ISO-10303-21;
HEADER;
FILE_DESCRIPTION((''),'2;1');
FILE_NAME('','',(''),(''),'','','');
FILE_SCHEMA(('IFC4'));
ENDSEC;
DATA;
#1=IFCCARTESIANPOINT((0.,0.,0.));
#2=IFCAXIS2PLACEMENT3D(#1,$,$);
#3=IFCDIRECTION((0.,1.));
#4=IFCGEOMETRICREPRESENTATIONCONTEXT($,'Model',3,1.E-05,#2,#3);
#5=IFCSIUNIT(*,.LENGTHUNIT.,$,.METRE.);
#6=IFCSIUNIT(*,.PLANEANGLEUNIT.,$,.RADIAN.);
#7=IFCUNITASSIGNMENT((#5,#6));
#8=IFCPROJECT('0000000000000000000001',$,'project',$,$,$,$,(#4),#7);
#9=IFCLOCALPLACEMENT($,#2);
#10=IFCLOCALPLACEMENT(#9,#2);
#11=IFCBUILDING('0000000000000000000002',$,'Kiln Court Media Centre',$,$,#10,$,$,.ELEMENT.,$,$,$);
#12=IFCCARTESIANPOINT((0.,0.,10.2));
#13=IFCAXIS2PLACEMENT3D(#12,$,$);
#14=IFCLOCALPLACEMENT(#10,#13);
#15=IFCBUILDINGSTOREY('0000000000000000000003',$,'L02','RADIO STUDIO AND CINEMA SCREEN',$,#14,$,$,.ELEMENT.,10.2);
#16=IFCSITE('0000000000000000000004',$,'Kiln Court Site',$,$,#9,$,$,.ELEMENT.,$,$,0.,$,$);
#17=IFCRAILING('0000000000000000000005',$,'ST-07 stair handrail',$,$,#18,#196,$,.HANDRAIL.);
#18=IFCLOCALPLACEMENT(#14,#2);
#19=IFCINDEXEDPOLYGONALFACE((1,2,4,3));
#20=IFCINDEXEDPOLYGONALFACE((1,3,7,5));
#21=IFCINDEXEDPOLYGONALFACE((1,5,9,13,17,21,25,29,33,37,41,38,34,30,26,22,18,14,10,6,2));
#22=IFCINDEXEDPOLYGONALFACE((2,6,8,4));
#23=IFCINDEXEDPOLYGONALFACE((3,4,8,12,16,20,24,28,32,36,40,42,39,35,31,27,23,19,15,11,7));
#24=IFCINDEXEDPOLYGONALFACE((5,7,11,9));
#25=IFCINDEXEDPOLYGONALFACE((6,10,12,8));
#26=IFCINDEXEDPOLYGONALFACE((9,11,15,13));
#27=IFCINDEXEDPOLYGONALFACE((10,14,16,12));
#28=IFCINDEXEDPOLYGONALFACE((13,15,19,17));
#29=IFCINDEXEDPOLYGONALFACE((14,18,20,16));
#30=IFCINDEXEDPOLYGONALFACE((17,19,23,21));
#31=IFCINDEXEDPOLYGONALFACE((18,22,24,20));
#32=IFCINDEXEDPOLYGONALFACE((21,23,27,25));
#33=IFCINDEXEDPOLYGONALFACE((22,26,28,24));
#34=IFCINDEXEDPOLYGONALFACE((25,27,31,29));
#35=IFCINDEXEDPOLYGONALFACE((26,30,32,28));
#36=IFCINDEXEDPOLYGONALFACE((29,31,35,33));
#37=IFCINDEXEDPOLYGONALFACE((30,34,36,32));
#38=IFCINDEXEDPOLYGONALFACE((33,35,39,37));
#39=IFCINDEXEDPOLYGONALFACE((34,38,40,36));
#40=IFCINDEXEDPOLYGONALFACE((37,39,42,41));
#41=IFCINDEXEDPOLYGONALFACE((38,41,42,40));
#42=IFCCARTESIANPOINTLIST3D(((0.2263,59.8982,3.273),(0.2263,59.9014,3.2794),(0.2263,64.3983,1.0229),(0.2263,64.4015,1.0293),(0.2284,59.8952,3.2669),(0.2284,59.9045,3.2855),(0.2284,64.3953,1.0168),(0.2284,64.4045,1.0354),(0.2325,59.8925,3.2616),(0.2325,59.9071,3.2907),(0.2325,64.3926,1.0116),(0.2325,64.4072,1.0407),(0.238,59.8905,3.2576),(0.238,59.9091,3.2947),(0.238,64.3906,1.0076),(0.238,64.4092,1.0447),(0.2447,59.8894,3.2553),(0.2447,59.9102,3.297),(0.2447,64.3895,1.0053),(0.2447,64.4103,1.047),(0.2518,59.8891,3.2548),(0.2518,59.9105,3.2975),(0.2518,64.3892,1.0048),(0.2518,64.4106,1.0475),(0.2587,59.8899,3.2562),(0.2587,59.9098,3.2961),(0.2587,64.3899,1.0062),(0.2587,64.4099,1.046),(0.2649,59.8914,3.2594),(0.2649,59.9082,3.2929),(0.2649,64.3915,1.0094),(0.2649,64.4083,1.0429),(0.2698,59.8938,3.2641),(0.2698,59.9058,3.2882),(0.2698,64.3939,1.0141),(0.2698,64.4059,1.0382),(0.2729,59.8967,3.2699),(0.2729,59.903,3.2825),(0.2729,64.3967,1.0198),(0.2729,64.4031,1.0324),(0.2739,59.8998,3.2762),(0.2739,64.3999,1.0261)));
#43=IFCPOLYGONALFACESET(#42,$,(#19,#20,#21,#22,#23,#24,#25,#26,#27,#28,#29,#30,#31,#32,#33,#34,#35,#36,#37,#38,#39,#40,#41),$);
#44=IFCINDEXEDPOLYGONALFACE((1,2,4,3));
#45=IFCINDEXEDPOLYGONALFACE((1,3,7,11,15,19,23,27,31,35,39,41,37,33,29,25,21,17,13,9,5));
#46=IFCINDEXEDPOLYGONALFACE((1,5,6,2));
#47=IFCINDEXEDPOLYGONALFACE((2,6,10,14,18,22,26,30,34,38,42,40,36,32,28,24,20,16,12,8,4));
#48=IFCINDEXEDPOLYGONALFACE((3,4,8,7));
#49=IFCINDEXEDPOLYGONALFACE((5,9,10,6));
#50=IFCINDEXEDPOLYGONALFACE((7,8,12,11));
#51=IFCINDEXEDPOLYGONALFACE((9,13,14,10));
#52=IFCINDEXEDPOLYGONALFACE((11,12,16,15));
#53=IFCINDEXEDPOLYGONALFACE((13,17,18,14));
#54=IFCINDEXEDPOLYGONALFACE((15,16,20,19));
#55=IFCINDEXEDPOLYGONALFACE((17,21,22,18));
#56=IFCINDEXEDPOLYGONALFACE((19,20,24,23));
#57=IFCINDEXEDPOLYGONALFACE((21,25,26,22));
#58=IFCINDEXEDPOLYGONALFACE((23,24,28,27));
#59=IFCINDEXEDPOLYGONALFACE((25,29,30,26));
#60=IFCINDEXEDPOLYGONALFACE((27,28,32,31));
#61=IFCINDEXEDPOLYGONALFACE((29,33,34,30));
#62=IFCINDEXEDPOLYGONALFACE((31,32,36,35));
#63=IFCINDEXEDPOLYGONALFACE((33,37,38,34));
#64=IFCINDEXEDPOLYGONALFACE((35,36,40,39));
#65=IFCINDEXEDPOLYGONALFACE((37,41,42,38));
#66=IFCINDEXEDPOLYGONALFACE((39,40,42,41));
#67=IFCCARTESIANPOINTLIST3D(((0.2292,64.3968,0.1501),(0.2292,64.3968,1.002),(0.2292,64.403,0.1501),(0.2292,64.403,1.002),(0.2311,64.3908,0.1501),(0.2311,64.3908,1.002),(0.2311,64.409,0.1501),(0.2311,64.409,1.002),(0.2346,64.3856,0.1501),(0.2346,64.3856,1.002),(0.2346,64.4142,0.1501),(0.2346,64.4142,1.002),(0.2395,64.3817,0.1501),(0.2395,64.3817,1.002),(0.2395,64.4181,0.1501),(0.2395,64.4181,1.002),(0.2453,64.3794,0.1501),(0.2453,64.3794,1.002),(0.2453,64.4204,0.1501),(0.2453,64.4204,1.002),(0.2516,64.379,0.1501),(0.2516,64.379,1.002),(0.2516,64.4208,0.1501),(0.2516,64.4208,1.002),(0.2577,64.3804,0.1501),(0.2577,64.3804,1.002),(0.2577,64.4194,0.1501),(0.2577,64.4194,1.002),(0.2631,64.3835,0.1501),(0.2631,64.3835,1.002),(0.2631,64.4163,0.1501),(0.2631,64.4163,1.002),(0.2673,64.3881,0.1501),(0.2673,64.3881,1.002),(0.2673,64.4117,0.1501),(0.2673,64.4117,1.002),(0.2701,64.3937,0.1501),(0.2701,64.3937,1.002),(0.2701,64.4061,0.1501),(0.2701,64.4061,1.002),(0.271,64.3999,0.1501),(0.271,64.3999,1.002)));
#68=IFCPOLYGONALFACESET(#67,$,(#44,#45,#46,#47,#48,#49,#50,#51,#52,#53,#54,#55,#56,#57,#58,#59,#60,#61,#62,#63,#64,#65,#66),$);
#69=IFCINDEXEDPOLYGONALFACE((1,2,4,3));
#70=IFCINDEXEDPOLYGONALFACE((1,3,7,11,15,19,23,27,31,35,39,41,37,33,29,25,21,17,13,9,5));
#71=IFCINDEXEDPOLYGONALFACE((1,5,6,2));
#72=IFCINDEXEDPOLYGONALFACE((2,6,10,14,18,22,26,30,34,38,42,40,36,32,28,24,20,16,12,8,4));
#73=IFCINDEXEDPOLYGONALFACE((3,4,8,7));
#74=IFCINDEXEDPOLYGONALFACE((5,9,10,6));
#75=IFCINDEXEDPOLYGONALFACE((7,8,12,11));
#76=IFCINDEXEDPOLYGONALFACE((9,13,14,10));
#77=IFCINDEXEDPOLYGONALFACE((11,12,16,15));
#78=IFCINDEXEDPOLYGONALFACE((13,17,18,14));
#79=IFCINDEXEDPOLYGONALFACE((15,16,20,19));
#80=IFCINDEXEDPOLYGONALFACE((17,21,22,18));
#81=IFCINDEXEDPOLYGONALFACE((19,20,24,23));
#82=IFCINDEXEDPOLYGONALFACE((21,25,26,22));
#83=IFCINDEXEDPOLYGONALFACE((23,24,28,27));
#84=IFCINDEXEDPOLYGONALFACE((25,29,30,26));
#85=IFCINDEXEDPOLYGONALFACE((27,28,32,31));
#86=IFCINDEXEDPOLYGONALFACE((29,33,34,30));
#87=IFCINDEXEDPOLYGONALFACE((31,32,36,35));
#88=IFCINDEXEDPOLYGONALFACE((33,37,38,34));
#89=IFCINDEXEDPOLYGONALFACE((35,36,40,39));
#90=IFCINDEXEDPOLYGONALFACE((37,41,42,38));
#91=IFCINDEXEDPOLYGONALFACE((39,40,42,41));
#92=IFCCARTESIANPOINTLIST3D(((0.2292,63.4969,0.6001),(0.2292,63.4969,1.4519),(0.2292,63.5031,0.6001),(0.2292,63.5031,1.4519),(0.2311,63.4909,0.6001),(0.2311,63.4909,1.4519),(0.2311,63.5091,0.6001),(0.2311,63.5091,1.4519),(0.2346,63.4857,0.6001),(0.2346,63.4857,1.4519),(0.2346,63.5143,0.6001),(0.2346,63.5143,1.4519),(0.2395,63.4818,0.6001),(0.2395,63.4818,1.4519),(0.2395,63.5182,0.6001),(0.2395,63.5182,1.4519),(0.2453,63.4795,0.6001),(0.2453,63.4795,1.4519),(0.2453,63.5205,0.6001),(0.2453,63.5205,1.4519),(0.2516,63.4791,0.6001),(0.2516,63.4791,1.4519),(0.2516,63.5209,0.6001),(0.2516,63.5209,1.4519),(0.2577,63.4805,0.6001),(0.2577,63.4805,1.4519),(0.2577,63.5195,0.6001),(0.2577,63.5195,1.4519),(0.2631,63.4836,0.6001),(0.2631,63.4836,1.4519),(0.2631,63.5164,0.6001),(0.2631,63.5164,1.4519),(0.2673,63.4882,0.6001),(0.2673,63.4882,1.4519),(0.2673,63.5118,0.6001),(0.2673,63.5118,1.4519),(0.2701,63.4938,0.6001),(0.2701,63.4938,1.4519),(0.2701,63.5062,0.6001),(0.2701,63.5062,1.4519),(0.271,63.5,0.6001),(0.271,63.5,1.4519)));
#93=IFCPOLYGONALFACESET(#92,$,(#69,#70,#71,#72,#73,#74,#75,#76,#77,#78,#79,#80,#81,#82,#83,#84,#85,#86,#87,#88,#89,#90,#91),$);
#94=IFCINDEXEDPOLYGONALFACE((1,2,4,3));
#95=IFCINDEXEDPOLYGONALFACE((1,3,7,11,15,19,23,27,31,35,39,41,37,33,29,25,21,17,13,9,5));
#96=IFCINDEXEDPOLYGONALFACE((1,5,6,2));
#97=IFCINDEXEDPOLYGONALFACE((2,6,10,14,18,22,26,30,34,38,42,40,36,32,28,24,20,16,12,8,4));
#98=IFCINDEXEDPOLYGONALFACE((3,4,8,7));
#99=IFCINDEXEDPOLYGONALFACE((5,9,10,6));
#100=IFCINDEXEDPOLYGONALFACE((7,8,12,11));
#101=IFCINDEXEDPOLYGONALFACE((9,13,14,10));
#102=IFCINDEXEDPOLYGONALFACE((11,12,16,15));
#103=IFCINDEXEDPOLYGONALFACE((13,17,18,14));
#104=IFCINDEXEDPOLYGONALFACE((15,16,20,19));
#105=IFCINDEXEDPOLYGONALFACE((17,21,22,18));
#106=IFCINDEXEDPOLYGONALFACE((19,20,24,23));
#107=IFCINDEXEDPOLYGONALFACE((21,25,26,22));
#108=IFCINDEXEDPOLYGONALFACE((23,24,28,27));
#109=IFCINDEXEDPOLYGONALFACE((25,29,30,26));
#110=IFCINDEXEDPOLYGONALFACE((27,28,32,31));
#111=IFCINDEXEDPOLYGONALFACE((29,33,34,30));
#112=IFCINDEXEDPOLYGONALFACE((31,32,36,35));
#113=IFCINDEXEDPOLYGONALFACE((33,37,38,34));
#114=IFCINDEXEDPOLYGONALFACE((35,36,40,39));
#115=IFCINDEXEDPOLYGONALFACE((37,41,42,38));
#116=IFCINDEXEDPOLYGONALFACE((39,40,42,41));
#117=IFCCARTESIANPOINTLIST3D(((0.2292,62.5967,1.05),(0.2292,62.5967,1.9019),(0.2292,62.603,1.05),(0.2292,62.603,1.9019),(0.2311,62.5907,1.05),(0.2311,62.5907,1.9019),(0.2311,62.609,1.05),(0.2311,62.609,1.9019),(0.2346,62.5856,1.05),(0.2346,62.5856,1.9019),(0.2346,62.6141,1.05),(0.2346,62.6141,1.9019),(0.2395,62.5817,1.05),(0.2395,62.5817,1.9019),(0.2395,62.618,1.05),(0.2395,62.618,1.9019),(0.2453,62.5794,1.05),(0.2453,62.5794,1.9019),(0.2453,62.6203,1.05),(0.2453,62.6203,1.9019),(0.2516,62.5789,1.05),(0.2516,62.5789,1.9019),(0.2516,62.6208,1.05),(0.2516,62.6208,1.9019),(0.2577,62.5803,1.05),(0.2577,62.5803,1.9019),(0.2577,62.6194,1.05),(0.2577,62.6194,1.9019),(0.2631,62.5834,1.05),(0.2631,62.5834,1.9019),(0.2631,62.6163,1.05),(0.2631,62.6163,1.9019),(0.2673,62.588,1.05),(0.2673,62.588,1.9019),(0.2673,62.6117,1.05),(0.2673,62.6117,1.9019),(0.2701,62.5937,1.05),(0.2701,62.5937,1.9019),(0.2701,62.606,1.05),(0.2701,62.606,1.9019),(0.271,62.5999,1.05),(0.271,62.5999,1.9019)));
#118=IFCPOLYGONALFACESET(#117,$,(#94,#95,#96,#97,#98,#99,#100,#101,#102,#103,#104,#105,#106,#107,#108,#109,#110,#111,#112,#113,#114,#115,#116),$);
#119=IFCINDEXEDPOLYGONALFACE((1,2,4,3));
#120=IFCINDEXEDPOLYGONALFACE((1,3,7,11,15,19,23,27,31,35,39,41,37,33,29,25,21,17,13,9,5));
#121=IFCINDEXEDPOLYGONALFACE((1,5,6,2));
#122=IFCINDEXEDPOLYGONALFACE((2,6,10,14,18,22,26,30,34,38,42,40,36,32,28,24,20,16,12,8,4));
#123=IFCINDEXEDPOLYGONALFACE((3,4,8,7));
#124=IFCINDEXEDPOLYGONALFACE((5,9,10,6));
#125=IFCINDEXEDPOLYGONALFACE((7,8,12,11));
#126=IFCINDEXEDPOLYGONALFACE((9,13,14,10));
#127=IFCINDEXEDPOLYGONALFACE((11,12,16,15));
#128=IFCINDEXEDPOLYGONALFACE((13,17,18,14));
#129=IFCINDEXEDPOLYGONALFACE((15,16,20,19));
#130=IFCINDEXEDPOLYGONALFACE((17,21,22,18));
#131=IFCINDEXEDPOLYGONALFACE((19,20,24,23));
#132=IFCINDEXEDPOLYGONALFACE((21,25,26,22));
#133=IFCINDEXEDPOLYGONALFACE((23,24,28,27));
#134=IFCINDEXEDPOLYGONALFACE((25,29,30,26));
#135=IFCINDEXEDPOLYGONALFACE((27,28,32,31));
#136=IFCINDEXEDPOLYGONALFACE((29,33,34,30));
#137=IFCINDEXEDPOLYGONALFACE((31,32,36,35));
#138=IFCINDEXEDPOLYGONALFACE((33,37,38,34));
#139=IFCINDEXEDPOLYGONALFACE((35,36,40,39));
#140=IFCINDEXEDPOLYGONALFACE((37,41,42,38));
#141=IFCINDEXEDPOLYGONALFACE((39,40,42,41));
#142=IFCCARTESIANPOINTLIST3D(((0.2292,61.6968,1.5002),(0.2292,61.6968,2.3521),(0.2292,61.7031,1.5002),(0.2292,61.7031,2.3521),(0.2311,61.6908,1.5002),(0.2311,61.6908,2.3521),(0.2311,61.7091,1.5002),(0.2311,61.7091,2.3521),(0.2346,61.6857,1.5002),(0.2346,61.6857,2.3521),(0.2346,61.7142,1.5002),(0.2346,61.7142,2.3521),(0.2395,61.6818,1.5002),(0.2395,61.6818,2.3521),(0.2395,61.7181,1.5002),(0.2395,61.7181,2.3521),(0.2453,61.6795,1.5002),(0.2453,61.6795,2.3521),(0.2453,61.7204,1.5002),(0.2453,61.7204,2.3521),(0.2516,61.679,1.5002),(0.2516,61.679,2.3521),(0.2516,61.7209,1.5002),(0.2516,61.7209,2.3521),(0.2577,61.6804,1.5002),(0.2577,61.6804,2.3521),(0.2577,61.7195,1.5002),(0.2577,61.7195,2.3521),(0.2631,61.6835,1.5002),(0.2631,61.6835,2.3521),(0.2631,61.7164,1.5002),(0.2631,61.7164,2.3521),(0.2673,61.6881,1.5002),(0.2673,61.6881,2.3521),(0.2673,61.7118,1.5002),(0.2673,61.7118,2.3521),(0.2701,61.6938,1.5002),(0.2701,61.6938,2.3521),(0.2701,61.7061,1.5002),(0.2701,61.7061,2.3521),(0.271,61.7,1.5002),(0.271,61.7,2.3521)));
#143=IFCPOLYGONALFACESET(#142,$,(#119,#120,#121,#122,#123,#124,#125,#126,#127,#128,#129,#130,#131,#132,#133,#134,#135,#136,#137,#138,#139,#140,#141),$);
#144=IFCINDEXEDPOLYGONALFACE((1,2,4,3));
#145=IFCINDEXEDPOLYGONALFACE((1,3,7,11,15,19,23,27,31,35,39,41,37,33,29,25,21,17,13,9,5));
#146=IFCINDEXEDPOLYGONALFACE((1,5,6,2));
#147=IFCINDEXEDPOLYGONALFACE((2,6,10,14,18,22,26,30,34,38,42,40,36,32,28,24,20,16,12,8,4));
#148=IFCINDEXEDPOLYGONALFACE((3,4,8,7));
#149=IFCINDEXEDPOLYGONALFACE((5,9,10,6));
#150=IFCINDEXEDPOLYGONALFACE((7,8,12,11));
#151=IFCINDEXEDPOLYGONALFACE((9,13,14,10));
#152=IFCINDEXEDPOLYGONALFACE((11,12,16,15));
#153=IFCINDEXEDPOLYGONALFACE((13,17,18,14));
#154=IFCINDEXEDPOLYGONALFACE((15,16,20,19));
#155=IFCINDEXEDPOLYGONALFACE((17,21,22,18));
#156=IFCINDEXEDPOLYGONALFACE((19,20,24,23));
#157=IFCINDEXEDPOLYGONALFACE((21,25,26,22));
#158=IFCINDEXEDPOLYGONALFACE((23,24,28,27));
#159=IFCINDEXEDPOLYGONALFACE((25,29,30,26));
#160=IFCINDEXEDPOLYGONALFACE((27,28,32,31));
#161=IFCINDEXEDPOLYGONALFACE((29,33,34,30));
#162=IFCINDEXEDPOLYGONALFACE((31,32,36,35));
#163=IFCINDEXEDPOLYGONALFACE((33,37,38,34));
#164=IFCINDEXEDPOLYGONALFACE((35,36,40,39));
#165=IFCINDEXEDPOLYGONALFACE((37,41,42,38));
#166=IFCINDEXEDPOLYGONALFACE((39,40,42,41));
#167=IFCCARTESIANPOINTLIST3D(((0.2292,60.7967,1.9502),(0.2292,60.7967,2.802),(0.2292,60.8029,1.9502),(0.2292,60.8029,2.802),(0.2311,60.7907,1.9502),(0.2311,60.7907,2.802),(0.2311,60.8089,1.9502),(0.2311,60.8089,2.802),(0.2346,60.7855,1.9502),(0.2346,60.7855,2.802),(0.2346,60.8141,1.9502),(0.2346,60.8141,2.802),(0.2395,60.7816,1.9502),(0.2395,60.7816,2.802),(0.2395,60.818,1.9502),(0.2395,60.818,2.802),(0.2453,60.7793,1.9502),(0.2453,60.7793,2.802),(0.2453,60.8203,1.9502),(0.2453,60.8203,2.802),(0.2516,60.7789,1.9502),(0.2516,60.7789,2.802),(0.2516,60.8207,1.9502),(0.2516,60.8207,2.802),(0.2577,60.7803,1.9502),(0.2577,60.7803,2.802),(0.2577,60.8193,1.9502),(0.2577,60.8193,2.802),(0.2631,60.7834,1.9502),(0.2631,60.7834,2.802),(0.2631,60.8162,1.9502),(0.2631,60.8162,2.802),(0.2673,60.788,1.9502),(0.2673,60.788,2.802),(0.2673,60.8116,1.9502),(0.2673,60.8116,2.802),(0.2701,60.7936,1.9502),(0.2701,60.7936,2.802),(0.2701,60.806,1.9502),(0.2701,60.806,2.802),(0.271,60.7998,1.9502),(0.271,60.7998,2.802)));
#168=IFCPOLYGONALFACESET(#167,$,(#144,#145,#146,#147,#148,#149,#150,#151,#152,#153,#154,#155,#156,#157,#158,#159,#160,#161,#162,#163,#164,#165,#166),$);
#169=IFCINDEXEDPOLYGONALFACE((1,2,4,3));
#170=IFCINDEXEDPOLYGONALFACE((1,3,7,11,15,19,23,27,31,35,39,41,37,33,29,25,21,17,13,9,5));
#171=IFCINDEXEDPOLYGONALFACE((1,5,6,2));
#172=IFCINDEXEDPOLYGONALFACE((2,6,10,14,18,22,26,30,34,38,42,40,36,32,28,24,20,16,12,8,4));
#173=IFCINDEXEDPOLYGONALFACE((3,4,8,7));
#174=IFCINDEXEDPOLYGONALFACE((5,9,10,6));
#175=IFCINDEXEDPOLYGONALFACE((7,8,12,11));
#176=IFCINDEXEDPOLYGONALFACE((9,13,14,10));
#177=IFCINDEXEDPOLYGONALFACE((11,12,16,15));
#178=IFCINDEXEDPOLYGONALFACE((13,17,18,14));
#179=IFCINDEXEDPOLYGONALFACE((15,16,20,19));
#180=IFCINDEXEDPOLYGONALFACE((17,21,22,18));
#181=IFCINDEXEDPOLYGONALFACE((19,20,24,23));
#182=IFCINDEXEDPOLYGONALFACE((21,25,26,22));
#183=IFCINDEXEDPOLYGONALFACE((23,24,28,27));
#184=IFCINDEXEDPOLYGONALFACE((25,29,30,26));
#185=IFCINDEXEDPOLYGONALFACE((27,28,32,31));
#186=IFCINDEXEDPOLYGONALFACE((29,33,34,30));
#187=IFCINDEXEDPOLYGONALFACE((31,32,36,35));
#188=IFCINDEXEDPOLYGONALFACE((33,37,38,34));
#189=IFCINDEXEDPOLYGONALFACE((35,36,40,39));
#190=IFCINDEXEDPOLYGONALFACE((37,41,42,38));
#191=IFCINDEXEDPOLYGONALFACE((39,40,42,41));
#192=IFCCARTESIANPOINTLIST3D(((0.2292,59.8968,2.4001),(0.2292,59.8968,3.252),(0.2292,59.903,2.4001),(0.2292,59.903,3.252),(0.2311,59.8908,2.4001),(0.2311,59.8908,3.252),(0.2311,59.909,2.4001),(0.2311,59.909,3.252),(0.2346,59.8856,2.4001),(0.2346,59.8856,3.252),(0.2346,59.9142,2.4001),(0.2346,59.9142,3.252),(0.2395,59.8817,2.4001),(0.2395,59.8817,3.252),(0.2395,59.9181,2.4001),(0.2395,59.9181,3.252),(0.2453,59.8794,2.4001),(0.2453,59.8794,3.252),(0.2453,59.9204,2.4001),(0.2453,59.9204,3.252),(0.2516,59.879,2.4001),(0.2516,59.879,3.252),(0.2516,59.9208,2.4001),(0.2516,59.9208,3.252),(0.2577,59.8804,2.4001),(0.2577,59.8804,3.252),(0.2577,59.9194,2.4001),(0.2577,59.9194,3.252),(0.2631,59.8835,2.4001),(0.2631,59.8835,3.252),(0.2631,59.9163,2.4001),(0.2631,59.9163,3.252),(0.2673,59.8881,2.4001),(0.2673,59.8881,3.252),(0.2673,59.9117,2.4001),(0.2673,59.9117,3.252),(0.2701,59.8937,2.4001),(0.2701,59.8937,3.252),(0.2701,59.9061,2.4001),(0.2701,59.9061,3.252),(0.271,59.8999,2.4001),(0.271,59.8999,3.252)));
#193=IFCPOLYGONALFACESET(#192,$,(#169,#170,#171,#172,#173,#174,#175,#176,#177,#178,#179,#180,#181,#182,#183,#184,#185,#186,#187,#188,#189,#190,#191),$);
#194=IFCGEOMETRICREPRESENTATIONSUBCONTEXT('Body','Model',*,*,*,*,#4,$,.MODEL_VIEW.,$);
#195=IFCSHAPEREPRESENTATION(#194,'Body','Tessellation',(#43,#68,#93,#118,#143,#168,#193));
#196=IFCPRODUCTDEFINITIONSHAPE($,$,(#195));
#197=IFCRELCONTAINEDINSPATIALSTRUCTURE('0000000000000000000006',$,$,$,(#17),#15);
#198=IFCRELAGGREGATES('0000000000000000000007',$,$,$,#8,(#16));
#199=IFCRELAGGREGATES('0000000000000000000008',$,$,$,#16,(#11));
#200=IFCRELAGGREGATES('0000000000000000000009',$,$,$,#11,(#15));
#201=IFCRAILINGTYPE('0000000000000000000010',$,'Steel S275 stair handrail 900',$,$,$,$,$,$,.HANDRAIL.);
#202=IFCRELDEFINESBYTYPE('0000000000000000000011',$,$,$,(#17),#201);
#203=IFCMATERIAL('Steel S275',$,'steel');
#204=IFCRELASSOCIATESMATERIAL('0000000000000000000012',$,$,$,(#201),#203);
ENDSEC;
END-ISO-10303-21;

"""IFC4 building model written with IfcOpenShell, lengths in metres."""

from ifc_helpers import new_model, si_unit, direction, frame, origin, origin_2d, place, context, subcontext, project, spatial, circle, extrude, material, type_object, element, save


model = new_model("IFC4")

# Units and contexts
model_context = context("Model", 3, precision=1e-05, world=origin(), true_north=direction((0.0, 1.0)))
body_context = subcontext(model_context, "Body", "Model", "MODEL_VIEW")
ifc_project = project(units=[si_unit("LENGTHUNIT", "METRE"), si_unit("PLANEANGLEUNIT", "RADIAN")], contexts=[model_context])

# Site, building, storey
site_placement = place(None, origin())
site = spatial("IfcSite", under=ifc_project, at=site_placement, Name="Kiln Court Site", CompositionType="ELEMENT", RefElevation=0.0)
building_placement = place(site_placement, origin())
building = spatial("IfcBuilding", under=site, at=building_placement, Name="Kiln Court Media Centre", CompositionType="ELEMENT")
storey_placement = place(building_placement, frame((0.0, 0.0, 10.2)))
storey = spatial("IfcBuildingStorey", under=building, at=storey_placement, Name="L02", Description="RADIO STUDIO AND CINEMA SCREEN", CompositionType="ELEMENT", Elevation=10.2)

# Railing
ifc_material_1 = material(Name="Steel S275", Category="steel")
railing_type_1 = type_object("IfcRailingType", Name="Steel S275 stair handrail 900", PredefinedType="HANDRAIL", material=ifc_material_1)
railing_1_placement = place(storey_placement, frame((0.25, 64.3999, 0.1501)))
element("IfcRailing", 1, at=railing_1_placement, inside=storey, type_object=railing_type_1, Name="ST-07 stair handrail", PredefinedType="HANDRAIL", context=body_context, shape_type="SweptSolid", body=[
    extrude(circle(Radius=0.0239, at=origin_2d()), frame((0.0, 0.0, 0.876), z_axis=(0.0, -0.894427, 0.447214), x_axis=(1.0, 0.0, 0.0)), (0.0, 0.0, 1.0), 5.0312),
    extrude(circle(Radius=0.021, at=origin_2d()), origin(), (0.0, 0.0, 1.0), 0.8518),
    extrude(circle(Radius=0.021, at=origin_2d()), frame((0.0, -0.8999, 0.45)), (0.0, 0.0, 1.0), 0.8518),
    extrude(circle(Radius=0.021, at=origin_2d()), frame((0.0, -1.8, 0.8999)), (0.0, 0.0, 1.0), 0.8518),
    extrude(circle(Radius=0.021, at=origin_2d()), frame((0.0, -2.7, 1.3501)), (0.0, 0.0, 1.0), 0.8518),
    extrude(circle(Radius=0.021, at=origin_2d()), frame((0.0, -3.6001, 1.8)), (0.0, 0.0, 1.0), 0.8518),
    extrude(circle(Radius=0.021, at=origin_2d()), frame((0.0, -4.5, 2.25)), (0.0, 0.0, 1.0), 0.8518),
])

save(model, "model.ifc")
